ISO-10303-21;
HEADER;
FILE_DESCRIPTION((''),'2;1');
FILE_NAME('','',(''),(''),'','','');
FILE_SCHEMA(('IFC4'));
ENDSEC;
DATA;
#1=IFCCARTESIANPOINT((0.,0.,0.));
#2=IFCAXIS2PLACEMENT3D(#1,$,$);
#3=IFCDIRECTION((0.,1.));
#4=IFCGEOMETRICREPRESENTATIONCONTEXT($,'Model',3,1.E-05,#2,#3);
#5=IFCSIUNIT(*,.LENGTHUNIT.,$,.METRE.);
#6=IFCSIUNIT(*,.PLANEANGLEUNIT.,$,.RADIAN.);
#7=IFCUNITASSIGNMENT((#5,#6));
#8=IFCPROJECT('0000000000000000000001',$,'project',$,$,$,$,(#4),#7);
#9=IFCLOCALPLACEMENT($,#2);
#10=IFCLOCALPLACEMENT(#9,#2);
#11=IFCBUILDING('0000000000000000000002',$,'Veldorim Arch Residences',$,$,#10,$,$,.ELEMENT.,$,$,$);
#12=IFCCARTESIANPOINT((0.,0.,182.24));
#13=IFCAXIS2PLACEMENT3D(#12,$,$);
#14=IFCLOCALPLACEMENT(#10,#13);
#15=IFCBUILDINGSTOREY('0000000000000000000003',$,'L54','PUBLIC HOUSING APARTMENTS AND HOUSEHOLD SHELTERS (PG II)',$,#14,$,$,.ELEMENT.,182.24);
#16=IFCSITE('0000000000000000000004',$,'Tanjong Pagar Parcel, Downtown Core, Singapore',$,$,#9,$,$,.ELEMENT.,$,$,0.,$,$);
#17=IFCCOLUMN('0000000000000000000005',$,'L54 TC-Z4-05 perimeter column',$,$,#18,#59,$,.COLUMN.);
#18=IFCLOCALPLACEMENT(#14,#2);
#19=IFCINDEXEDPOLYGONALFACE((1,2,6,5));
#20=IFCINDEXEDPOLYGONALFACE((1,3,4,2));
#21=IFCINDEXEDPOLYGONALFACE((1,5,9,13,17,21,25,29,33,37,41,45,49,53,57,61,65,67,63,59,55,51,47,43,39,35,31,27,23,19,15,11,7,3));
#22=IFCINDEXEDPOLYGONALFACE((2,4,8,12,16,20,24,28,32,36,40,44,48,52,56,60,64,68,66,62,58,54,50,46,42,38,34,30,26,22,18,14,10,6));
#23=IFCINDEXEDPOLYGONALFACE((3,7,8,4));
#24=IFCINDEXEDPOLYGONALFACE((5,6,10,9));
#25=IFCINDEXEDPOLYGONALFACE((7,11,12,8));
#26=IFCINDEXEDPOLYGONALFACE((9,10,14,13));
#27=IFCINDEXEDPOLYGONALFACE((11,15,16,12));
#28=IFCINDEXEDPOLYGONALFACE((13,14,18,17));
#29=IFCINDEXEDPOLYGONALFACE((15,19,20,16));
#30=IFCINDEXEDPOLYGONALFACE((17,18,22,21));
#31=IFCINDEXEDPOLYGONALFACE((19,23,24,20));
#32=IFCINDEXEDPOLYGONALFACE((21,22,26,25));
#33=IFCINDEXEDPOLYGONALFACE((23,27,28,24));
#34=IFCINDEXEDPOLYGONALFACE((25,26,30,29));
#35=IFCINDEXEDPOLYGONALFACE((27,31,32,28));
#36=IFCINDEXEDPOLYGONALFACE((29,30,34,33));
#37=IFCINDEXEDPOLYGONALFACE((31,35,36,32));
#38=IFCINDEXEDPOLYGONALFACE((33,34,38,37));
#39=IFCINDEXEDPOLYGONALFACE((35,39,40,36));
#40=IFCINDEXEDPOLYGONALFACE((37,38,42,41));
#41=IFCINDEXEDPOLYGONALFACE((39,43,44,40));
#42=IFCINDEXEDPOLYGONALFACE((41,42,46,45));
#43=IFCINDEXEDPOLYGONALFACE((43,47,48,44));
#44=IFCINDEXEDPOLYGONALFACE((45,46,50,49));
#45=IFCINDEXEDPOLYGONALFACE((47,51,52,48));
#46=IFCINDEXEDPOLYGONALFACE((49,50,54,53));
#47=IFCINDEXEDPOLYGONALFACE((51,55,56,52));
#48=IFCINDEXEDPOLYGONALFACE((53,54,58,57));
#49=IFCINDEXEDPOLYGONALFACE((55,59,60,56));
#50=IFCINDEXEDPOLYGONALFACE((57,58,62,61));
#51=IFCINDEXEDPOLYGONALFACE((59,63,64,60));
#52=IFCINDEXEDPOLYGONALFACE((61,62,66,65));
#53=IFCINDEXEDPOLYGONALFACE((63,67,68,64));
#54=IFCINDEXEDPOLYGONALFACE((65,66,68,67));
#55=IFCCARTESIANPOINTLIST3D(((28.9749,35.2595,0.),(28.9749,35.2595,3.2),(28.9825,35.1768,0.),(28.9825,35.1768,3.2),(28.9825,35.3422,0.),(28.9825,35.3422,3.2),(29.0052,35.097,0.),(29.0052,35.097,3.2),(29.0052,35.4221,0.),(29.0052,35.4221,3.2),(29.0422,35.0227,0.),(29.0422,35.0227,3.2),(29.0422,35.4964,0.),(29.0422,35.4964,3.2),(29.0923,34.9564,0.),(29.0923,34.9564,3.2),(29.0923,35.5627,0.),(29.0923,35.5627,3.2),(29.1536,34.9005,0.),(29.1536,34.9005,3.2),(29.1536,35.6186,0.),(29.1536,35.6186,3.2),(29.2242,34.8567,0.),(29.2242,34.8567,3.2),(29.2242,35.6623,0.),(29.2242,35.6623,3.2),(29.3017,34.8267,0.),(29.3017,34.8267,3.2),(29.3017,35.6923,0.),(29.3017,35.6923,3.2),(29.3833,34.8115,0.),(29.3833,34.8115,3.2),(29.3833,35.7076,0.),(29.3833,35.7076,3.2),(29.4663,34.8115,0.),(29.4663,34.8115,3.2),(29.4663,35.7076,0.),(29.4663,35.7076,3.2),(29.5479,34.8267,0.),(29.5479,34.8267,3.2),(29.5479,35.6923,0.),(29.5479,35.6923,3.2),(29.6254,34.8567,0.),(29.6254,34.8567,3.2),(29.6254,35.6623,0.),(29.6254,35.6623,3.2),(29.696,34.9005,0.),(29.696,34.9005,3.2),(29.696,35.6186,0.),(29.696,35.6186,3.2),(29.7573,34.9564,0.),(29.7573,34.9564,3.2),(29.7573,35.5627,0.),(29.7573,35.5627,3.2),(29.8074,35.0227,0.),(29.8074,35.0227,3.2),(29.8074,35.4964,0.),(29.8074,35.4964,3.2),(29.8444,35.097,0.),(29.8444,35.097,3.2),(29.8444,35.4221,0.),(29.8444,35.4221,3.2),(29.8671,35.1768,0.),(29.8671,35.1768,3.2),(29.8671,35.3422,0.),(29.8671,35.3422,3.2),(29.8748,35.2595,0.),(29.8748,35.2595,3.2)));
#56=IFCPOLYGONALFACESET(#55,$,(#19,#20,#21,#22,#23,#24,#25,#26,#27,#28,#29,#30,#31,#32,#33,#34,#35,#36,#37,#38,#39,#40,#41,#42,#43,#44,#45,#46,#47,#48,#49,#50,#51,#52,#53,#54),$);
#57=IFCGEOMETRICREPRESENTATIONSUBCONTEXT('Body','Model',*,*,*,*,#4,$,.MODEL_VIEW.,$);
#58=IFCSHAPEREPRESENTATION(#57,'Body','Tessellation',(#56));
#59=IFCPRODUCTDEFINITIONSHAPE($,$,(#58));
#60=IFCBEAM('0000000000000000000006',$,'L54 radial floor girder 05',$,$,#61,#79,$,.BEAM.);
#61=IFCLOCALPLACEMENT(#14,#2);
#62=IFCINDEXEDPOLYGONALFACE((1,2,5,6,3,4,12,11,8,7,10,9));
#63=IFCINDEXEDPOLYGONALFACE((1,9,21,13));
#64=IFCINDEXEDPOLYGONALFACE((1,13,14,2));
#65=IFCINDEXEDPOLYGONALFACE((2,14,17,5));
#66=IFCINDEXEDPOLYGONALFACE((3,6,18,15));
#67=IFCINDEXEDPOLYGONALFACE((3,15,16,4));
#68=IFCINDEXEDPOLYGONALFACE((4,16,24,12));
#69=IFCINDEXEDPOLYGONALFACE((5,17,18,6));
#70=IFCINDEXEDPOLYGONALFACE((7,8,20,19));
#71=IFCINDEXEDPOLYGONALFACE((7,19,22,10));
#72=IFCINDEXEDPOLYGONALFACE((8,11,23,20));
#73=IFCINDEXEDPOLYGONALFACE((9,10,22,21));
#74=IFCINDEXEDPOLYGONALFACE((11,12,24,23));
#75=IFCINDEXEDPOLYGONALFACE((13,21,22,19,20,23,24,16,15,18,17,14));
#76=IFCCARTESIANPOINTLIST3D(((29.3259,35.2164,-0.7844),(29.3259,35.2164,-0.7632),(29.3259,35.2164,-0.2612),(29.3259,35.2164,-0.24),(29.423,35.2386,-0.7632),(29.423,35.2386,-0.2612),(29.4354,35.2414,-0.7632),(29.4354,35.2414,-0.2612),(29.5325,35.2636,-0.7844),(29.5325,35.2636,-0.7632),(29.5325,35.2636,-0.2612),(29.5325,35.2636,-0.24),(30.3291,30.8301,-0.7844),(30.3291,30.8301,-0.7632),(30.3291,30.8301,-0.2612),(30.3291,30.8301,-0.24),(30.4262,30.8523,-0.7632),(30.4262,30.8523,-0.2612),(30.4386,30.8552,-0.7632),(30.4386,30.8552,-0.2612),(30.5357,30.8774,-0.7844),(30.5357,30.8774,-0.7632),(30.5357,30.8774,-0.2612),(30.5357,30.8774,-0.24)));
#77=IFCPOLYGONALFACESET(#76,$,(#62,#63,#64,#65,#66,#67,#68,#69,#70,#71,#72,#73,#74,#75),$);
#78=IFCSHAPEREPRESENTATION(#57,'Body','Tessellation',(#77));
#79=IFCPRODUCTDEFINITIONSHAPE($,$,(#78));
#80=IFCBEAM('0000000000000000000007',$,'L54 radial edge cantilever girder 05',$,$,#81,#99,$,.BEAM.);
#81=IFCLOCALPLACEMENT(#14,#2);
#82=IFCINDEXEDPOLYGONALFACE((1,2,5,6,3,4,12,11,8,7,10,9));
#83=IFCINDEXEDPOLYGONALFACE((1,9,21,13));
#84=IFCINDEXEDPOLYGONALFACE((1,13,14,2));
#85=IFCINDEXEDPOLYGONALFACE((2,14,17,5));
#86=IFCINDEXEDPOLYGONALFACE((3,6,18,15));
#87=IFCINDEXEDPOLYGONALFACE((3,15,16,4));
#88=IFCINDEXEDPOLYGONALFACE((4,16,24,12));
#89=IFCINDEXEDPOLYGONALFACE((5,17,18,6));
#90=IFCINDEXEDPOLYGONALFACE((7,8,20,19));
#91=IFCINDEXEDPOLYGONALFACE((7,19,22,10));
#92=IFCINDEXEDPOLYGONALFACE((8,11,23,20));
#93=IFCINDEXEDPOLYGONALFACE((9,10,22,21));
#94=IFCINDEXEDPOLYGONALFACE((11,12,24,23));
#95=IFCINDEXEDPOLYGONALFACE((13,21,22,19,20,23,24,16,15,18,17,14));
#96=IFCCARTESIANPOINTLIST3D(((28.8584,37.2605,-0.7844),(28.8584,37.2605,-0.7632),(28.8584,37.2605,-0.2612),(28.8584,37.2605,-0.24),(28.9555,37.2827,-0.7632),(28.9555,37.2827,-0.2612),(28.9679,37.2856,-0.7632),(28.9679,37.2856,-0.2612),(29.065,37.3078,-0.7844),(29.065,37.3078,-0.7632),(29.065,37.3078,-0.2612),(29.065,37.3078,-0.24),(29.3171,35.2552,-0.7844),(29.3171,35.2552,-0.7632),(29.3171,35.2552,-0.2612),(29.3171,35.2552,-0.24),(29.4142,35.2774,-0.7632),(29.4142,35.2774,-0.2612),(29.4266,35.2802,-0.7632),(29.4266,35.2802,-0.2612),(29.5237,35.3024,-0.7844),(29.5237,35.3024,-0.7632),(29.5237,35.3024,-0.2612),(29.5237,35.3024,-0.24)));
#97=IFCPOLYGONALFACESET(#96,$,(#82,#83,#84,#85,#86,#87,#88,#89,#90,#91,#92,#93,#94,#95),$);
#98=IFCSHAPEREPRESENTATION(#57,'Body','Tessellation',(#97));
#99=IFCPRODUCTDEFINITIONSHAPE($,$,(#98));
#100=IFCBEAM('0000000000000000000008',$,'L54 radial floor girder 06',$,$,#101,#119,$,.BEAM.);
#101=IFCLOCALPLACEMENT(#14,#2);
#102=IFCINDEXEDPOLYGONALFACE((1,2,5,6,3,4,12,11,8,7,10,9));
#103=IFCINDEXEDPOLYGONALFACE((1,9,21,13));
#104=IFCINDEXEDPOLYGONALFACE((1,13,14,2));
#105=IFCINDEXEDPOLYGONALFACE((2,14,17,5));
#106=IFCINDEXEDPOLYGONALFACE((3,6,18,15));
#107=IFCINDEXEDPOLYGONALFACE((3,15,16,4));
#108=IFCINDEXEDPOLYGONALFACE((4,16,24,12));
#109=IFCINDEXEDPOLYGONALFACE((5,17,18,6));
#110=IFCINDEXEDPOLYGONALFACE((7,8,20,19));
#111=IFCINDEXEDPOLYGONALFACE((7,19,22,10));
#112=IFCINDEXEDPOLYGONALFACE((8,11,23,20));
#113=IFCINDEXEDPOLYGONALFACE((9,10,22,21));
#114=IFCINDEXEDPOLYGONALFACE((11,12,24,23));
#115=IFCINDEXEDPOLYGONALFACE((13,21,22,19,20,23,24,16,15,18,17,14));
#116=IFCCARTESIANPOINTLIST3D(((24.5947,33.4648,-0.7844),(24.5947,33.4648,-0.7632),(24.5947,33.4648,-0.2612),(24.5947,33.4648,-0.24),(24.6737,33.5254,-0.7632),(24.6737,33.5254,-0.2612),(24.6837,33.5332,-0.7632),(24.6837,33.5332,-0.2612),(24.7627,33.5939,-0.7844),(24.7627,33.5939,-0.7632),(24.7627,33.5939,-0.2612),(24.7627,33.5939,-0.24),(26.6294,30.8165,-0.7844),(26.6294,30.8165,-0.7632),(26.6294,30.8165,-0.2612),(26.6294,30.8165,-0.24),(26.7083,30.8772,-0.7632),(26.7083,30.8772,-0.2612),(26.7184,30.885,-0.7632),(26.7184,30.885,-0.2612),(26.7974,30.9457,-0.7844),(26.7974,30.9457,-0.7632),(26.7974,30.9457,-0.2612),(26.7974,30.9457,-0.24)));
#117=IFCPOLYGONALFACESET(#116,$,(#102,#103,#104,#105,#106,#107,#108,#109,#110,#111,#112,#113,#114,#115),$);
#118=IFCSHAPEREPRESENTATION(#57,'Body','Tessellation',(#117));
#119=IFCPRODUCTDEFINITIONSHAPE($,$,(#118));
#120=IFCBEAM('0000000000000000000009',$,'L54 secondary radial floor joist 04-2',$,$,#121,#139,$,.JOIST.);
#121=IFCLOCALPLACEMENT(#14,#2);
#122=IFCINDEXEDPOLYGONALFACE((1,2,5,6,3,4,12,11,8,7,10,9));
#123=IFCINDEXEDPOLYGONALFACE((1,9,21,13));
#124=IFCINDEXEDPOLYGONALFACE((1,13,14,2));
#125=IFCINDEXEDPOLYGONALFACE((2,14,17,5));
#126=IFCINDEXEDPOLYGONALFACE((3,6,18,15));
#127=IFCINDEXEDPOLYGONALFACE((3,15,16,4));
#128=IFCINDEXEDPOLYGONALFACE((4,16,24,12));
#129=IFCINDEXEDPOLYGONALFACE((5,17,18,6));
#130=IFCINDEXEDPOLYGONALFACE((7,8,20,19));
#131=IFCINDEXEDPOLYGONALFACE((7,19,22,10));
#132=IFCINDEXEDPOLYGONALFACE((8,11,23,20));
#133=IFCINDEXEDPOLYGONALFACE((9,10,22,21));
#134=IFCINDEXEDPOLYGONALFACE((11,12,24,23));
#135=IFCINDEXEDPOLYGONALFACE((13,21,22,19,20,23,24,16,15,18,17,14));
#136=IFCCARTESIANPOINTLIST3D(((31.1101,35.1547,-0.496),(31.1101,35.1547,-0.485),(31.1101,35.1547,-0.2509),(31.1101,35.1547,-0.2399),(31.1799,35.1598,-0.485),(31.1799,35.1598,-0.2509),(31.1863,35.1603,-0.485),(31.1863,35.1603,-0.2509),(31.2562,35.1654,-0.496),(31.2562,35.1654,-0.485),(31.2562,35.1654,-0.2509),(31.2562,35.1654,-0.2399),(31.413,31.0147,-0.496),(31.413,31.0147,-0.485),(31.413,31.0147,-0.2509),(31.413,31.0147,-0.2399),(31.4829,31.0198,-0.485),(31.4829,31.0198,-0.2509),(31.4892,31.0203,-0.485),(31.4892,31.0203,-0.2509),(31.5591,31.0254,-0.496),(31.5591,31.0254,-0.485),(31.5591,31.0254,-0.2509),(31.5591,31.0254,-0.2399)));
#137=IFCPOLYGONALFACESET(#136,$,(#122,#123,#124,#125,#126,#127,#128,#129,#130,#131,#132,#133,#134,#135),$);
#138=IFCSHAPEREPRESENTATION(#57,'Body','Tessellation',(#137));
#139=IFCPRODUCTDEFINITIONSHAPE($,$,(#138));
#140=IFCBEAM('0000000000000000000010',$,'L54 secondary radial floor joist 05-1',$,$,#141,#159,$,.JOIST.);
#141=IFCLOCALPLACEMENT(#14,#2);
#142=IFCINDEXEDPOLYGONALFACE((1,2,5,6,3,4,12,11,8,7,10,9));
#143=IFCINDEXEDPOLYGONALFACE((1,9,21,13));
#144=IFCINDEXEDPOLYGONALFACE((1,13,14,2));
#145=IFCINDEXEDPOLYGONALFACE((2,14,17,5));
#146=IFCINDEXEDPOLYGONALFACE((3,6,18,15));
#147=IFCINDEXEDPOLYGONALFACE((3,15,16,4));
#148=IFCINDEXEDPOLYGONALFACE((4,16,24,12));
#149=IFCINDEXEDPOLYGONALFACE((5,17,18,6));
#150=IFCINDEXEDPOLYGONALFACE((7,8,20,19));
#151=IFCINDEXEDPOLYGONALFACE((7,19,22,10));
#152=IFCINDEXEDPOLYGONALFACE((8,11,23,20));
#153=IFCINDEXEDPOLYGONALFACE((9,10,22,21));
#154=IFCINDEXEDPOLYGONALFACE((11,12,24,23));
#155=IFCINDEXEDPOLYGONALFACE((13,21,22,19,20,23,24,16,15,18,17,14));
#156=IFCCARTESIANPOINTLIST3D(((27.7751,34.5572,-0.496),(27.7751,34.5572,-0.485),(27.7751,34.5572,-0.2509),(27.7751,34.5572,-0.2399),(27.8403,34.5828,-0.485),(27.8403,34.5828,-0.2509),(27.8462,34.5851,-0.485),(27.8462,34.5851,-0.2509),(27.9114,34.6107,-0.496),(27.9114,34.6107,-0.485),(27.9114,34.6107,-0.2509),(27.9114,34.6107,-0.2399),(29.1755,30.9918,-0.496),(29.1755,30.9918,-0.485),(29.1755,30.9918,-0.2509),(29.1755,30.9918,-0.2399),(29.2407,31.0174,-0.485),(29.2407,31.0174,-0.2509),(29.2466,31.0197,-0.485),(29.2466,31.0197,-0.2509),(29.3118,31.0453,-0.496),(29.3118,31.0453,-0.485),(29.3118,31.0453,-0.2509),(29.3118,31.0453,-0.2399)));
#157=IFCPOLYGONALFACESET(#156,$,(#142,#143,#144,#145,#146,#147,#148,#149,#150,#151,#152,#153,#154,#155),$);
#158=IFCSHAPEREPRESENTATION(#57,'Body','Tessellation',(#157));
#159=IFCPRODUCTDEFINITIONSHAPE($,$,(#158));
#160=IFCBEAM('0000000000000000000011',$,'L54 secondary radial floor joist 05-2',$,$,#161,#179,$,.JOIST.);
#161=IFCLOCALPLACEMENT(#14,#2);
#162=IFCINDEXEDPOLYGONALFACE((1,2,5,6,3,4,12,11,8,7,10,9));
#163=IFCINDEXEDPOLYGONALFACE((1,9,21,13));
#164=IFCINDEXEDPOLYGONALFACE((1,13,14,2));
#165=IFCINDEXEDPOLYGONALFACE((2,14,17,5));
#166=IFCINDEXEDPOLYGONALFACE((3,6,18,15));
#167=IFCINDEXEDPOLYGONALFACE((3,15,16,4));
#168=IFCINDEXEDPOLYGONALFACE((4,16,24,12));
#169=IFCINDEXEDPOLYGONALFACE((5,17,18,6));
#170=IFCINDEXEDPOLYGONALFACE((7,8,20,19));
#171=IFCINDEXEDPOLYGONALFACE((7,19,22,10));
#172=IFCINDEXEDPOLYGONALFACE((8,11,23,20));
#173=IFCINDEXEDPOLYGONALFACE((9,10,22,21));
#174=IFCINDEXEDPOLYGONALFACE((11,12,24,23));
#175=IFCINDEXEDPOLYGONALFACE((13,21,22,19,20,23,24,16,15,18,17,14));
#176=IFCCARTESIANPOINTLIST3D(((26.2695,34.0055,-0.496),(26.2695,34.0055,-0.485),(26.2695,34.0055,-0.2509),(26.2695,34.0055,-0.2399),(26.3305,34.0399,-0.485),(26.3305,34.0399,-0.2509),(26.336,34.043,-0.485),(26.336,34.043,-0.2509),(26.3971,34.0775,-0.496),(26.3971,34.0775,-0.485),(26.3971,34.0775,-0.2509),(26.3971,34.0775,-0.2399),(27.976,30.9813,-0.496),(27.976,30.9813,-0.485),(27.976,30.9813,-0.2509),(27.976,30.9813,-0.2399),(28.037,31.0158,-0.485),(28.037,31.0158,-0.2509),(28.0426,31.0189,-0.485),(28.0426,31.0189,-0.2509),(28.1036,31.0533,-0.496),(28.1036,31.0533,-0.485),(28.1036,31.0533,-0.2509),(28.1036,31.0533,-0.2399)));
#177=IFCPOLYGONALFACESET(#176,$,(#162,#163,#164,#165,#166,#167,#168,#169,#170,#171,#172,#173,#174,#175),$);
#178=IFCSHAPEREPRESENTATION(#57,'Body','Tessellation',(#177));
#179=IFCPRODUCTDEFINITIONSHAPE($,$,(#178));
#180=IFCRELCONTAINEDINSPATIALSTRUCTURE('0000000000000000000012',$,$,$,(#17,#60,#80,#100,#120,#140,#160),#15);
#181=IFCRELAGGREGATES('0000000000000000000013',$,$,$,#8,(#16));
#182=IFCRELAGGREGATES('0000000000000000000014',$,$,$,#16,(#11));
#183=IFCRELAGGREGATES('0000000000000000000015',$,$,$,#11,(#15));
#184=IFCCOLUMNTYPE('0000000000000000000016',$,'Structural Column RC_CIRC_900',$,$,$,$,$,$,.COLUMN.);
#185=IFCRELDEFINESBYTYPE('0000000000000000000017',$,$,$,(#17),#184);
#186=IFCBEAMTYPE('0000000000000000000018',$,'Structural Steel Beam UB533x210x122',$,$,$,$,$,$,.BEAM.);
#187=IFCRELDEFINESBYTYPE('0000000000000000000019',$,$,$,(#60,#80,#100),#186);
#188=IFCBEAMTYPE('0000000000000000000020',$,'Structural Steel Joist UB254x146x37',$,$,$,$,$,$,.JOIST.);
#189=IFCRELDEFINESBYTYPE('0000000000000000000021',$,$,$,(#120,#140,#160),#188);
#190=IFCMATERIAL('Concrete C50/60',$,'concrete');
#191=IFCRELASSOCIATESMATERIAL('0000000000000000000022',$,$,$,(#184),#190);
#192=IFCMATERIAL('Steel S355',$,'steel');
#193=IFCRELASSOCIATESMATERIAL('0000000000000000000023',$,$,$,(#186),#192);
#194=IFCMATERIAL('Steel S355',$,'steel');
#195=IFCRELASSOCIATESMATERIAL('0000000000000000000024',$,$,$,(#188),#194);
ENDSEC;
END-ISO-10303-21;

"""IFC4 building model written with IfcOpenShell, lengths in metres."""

from ifc_helpers import new_model, si_unit, direction, frame, origin, origin_2d, place, context, subcontext, project, spatial, circle, i_section, extrude, material, material_profile, profile_set, type_object, element, save


model = new_model("IFC4")

# Units and contexts
model_context = context("Model", 3, precision=1e-05, world=origin(), true_north=direction((0.0, 1.0)))
body_context = subcontext(model_context, "Body", "Model", "MODEL_VIEW")
ifc_project = project(units=[si_unit("LENGTHUNIT", "METRE"), si_unit("PLANEANGLEUNIT", "RADIAN")], contexts=[model_context])

# Site, building, storey
site_placement = place(None, origin())
site = spatial("IfcSite", under=ifc_project, at=site_placement, Name="Tanjong Pagar Parcel, Downtown Core, Singapore", CompositionType="ELEMENT", RefElevation=0.0)
building_placement = place(site_placement, origin())
building = spatial("IfcBuilding", under=site, at=building_placement, Name="Veldorim Arch Residences", CompositionType="ELEMENT")
storey_placement = place(building_placement, frame((0.0, 0.0, 182.24)))
storey = spatial("IfcBuildingStorey", under=building, at=storey_placement, Name="L54", Description="PUBLIC HOUSING APARTMENTS AND HOUSEHOLD SHELTERS (PG II)", CompositionType="ELEMENT", Elevation=182.24)

# Column
ifc_material_1 = material(Name="Concrete C50/60", Category="concrete")
ifc_material_profile_1 = material_profile(ifc_material_1, circle(Radius=0.45, at=origin_2d()), Name="RC_CIRC_900")
ifc_profile_set_1 = profile_set([ifc_material_profile_1], Name="Concrete C50/60")
column_type = type_object("IfcColumnType", Name="Structural Column RC_CIRC_900", PredefinedType="COLUMN", material=ifc_profile_set_1)
column_placement = place(storey_placement, frame((29.4248, 35.2595, 0.0), z_axis=(0.0, 0.0, 1.0), x_axis=(1.0, 0.0, 0.0)))
element("IfcColumn", 1, at=column_placement, inside=storey, type_object=column_type, Name="L54 TC-Z4-05 perimeter column", PredefinedType="COLUMN", context=body_context, shape_type="SweptSolid", body=[
    extrude(circle(Radius=0.45, at=origin_2d()), origin(), (0.0, 0.0, 1.0), 3.2),
])

# Beams
ifc_material_2 = material(Name="Steel S355", Category="steel")
ifc_material_profile_2 = material_profile(ifc_material_2, i_section(OverallWidth=0.2119, OverallDepth=0.5444, WebThickness=0.0127, FlangeThickness=0.0212, at=origin_2d()), Name="UB533x210x122")
ifc_profile_set_2 = profile_set([ifc_material_profile_2], Name="Steel S355")
beam_type_1 = type_object("IfcBeamType", Name="Structural Steel Beam UB533x210x122", PredefinedType="BEAM", material=ifc_profile_set_2)
beam_1_placement = place(storey_placement, frame((30.4324, 30.8538, -0.5122), z_axis=(-0.222953, 0.974829, 0.0), x_axis=(-0.974829, -0.222953, 0.0)))
element("IfcBeam", 2, at=beam_1_placement, inside=storey, type_object=beam_type_1, Name="L54 radial floor girder 05", PredefinedType="BEAM", context=body_context, shape_type="SweptSolid", body=[
    extrude(i_section(OverallWidth=0.2119, OverallDepth=0.5444, WebThickness=0.0127, FlangeThickness=0.0212, at=origin_2d()), origin(), (0.0, 0.0, 1.0), 4.4995),
])
beam_2_placement = place(storey_placement, frame((29.4204, 35.2788, -0.5122), z_axis=(-0.222996, 0.974819, 0.0), x_axis=(-0.974819, -0.222996, 0.0)))
element("IfcBeam", 3, at=beam_2_placement, inside=storey, type_object=beam_type_1, Name="L54 radial edge cantilever girder 05", PredefinedType="BEAM", context=body_context, shape_type="SweptSolid", body=[
    extrude(i_section(OverallWidth=0.2119, OverallDepth=0.5444, WebThickness=0.0127, FlangeThickness=0.0212, at=origin_2d()), origin(), (0.0, 0.0, 1.0), 2.0571),
])
beam_3_placement = place(storey_placement, frame((26.7134, 30.8811, -0.5122), z_axis=(-0.609258, 0.792972, 0.0), x_axis=(-0.792972, -0.609258, 0.0)))
element("IfcBeam", 4, at=beam_3_placement, inside=storey, type_object=beam_type_1, Name="L54 radial floor girder 06", PredefinedType="BEAM", context=body_context, shape_type="SweptSolid", body=[
    extrude(i_section(OverallWidth=0.2119, OverallDepth=0.5444, WebThickness=0.0127, FlangeThickness=0.0212, at=origin_2d()), origin(), (0.0, 0.0, 1.0), 3.3396),
])
ifc_material_3 = material(Name="Steel S355", Category="steel")
ifc_material_profile_3 = material_profile(ifc_material_3, i_section(OverallWidth=0.1465, OverallDepth=0.2561, WebThickness=0.0063, FlangeThickness=0.011, at=origin_2d()), Name="UB254x146x37")
ifc_profile_set_3 = profile_set([ifc_material_profile_3], Name="Steel S355")
beam_type_2 = type_object("IfcBeamType", Name="Structural Steel Joist UB254x146x37", PredefinedType="JOIST", material=ifc_profile_set_3)
beam_4_placement = place(storey_placement, frame((31.4861, 31.02, -0.3679), z_axis=(-0.072986, 0.997333, 0.0), x_axis=(-0.997333, -0.072986, 0.0)))
element("IfcBeam", 5, at=beam_4_placement, inside=storey, type_object=beam_type_2, Name="L54 secondary radial floor joist 04-2", PredefinedType="JOIST", context=body_context, shape_type="SweptSolid", body=[
    extrude(i_section(OverallWidth=0.1465, OverallDepth=0.2561, WebThickness=0.0063, FlangeThickness=0.011, at=origin_2d()), origin(), (0.0, 0.0, 1.0), 4.1511),
])
beam_5_placement = place(storey_placement, frame((29.2437, 31.0186, -0.3679), z_axis=(-0.365581, 0.930779, 0.0), x_axis=(-0.930779, -0.365581, 0.0)))
element("IfcBeam", 6, at=beam_5_placement, inside=storey, type_object=beam_type_2, Name="L54 secondary radial floor joist 05-1", PredefinedType="JOIST", context=body_context, shape_type="SweptSolid", body=[
    extrude(i_section(OverallWidth=0.1465, OverallDepth=0.2561, WebThickness=0.0063, FlangeThickness=0.011, at=origin_2d()), origin(), (0.0, 0.0, 1.0), 3.8306),
])
beam_6_placement = place(storey_placement, frame((28.0398, 31.0173, -0.3679), z_axis=(-0.491452, 0.870904, 0.0), x_axis=(-0.870904, -0.491452, 0.0)))
element("IfcBeam", 7, at=beam_6_placement, inside=storey, type_object=beam_type_2, Name="L54 secondary radial floor joist 05-2", PredefinedType="JOIST", context=body_context, shape_type="SweptSolid", body=[
    extrude(i_section(OverallWidth=0.1465, OverallDepth=0.2561, WebThickness=0.0063, FlangeThickness=0.011, at=origin_2d()), origin(), (0.0, 0.0, 1.0), 3.4724),
])

save(model, "model.ifc")
